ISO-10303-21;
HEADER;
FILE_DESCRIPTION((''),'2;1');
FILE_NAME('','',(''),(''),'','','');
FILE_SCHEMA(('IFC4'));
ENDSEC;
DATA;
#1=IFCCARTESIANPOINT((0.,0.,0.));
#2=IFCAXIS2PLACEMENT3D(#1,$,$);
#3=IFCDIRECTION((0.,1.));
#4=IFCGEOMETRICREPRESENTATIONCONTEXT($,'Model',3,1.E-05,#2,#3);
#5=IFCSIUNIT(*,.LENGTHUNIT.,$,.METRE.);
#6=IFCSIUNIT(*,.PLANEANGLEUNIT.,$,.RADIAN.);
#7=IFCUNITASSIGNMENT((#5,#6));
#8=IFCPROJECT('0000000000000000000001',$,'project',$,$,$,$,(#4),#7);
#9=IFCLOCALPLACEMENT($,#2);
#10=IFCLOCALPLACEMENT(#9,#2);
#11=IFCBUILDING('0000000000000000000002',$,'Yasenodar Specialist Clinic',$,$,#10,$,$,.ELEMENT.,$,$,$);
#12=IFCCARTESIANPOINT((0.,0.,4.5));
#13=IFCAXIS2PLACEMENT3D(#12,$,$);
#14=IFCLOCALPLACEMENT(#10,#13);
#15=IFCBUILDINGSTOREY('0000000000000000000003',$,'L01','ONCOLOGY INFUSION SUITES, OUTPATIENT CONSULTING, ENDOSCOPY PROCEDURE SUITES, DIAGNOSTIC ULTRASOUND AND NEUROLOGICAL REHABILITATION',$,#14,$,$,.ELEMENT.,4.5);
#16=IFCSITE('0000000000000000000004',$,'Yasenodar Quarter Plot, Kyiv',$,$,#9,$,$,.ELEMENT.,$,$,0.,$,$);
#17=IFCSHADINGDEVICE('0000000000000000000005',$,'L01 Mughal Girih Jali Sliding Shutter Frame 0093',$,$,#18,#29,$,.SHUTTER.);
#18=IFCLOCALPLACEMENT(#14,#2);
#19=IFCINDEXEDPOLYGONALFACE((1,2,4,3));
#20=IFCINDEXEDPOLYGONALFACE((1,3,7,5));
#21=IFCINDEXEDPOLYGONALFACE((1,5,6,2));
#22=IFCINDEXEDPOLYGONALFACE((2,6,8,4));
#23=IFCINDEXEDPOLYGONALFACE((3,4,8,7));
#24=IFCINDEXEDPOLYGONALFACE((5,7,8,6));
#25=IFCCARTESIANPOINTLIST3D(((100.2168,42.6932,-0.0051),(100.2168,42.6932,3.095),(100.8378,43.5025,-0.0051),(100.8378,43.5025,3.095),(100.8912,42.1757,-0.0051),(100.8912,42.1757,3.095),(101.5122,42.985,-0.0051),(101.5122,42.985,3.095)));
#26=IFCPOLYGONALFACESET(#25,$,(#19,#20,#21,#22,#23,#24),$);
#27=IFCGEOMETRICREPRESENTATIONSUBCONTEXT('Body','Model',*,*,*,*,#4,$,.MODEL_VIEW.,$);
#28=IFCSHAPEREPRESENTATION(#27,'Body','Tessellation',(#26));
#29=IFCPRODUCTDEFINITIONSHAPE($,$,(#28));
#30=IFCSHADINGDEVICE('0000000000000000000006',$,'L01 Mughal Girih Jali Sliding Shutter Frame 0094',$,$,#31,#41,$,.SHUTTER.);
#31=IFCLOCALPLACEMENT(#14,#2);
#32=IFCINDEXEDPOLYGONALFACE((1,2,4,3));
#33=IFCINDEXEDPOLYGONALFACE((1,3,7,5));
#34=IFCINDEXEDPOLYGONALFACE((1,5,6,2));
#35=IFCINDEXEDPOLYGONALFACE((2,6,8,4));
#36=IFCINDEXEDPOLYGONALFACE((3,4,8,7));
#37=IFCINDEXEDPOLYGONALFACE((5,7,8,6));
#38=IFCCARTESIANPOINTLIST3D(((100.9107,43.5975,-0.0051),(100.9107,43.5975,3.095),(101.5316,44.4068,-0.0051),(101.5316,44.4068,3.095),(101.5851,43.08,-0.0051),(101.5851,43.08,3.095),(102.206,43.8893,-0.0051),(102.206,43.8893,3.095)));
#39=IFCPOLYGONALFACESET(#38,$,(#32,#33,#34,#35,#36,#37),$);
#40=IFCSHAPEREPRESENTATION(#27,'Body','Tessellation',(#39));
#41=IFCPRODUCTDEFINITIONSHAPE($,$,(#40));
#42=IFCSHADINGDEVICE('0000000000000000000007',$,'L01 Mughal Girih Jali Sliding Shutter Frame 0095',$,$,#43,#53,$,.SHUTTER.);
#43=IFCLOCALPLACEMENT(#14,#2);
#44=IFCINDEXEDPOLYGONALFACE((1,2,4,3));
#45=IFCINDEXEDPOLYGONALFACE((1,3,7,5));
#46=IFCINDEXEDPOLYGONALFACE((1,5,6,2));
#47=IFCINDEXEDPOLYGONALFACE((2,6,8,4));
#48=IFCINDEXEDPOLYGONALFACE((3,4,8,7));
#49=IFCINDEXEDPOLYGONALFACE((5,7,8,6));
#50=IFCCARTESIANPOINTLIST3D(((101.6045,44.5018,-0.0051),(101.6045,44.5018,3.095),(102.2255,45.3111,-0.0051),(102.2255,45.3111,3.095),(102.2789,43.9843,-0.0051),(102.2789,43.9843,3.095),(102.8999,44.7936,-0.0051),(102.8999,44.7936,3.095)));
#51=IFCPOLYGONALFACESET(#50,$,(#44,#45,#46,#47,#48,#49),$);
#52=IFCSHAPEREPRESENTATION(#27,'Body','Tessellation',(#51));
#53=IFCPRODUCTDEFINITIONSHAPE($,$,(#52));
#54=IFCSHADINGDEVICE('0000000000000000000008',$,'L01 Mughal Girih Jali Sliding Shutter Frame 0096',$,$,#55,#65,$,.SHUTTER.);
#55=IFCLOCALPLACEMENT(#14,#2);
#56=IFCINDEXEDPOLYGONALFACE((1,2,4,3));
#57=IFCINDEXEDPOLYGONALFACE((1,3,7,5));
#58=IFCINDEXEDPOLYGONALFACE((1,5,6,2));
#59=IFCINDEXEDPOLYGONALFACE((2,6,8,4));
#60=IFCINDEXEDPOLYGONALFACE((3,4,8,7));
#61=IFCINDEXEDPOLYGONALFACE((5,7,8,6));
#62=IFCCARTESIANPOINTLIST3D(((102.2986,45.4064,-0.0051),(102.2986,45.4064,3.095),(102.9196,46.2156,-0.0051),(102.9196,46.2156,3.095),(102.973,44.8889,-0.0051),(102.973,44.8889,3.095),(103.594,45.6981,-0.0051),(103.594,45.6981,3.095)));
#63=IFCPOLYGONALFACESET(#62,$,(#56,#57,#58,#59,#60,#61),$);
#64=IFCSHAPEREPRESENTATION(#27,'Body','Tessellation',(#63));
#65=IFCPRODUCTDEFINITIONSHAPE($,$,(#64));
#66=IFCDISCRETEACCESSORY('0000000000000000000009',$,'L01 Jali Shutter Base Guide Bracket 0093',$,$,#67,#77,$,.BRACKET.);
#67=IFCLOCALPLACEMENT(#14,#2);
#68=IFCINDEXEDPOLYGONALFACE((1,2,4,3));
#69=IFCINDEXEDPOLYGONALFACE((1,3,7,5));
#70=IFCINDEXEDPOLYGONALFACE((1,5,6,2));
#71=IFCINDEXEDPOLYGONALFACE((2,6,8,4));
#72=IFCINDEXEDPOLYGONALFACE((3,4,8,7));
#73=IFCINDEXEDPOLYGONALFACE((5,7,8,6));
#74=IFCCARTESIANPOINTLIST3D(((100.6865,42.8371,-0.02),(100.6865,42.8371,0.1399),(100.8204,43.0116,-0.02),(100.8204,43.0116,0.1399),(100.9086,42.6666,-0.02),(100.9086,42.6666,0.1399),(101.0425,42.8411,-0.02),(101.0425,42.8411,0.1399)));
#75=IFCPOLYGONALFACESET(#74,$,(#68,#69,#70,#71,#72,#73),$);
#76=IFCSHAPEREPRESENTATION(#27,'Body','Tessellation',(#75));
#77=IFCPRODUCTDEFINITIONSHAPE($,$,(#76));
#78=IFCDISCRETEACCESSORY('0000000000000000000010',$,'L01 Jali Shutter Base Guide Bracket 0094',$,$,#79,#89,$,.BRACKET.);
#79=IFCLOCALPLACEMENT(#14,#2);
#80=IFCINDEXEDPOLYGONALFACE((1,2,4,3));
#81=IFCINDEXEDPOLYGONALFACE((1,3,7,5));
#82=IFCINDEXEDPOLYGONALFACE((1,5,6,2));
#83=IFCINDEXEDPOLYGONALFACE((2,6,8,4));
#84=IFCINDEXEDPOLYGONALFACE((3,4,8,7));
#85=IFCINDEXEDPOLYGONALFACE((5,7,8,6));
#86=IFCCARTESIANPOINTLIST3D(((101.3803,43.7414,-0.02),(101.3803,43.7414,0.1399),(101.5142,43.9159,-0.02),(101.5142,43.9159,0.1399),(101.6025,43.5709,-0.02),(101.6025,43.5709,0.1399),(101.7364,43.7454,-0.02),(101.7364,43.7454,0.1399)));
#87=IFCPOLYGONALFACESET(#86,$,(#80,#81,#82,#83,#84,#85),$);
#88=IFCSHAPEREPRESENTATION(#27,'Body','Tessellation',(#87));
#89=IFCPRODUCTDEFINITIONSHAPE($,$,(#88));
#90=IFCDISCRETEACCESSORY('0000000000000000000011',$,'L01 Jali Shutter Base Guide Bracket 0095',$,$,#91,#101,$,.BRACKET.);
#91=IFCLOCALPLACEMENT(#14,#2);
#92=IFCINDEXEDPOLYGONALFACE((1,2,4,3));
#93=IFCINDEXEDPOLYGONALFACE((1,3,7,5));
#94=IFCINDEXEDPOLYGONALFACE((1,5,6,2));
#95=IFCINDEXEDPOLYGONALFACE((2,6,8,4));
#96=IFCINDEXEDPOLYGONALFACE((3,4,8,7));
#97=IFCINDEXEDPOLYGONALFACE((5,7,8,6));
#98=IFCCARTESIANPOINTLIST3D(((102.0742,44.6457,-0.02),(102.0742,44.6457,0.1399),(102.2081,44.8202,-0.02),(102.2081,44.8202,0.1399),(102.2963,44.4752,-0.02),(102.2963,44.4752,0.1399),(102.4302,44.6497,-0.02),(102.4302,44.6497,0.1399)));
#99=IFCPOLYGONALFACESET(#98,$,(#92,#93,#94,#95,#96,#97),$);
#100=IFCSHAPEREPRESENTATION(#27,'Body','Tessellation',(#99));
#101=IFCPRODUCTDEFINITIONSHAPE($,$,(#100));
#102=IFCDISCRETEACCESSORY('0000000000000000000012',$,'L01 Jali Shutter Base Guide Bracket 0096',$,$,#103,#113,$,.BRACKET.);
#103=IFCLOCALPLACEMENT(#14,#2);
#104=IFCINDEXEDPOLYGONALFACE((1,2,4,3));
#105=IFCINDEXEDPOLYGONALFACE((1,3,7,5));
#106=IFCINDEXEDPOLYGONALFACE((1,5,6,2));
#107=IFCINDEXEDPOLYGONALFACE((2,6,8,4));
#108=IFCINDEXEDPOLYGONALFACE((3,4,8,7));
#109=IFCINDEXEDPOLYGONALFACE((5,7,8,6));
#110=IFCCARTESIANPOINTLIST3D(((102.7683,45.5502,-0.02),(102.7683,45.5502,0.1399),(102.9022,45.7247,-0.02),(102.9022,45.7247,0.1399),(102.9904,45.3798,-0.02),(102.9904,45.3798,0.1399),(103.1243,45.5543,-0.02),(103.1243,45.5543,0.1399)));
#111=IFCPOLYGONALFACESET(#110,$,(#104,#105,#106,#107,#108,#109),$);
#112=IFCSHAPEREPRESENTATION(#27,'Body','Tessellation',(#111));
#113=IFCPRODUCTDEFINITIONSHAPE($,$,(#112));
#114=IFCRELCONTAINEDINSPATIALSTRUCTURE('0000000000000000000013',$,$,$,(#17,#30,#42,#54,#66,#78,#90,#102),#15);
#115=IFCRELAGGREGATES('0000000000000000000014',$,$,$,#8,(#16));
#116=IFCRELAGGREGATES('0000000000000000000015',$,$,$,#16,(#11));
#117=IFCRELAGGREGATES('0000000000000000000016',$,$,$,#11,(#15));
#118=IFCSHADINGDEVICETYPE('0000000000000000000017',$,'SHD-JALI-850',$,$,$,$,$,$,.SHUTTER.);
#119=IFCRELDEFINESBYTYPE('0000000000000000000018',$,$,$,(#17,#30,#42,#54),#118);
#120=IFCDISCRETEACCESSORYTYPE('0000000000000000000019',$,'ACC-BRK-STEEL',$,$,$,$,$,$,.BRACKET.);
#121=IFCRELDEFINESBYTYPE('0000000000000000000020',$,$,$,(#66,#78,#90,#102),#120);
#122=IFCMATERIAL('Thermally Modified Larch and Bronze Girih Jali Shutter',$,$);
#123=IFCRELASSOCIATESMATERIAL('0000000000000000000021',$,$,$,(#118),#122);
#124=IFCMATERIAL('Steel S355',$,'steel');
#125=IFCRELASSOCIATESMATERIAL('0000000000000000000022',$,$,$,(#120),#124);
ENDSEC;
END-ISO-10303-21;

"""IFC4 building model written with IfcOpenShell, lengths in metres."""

from ifc_helpers import new_model, si_unit, direction, frame, origin, origin_2d, place, context, subcontext, project, spatial, rectangle, extrude, material, type_object, element, save


model = new_model("IFC4")

# Units and contexts
model_context = context("Model", 3, precision=1e-05, world=origin(), true_north=direction((0.0, 1.0)))
body_context = subcontext(model_context, "Body", "Model", "MODEL_VIEW")
ifc_project = project(units=[si_unit("LENGTHUNIT", "METRE"), si_unit("PLANEANGLEUNIT", "RADIAN")], contexts=[model_context])

# Site, building, storey
site_placement = place(None, origin())
site = spatial("IfcSite", under=ifc_project, at=site_placement, Name="Yasenodar Quarter Plot, Kyiv", CompositionType="ELEMENT", RefElevation=0.0)
building_placement = place(site_placement, origin())
building = spatial("IfcBuilding", under=site, at=building_placement, Name="Yasenodar Specialist Clinic", CompositionType="ELEMENT")
storey_placement = place(building_placement, frame((0.0, 0.0, 4.5)))
storey = spatial("IfcBuildingStorey", under=building, at=storey_placement, Name="L01", Description="ONCOLOGY INFUSION SUITES, OUTPATIENT CONSULTING, ENDOSCOPY PROCEDURE SUITES, DIAGNOSTIC ULTRASOUND AND NEUROLOGICAL REHABILITATION", CompositionType="ELEMENT", Elevation=4.5)

# Shading devices
ifc_material_1 = material(Name="Thermally Modified Larch and Bronze Girih Jali Shutter")
shading_device_type = type_object("IfcShadingDeviceType", Name="SHD-JALI-850", PredefinedType="SHUTTER", material=ifc_material_1)
for number, where, z_axis, x_axis, name in (
    (1, (100.8645, 42.8391, -0.0051), (0.0, 0.0, 1.0), (0.608764, 0.793351, 0.0), "L01 Mughal Girih Jali Sliding Shutter Frame 0093"),
    (2, (101.5583, 43.7434, -0.0051), (0.0, 0.0, 1.0), (0.608764, 0.793351, 0.0), "L01 Mughal Girih Jali Sliding Shutter Frame 0094"),
    (3, (102.2522, 44.6477, -0.0051), (0.0, 0.0, 1.0), (0.608764, 0.793351, 0.0), "L01 Mughal Girih Jali Sliding Shutter Frame 0095"),
    (4, (102.9463, 45.5522, -0.0051), (0.0, 0.0, 1.0), (0.608764, 0.793351, 0.0), "L01 Mughal Girih Jali Sliding Shutter Frame 0096"),
):
    element("IfcShadingDevice", number, at=place(storey_placement, frame(where, z_axis=z_axis, x_axis=x_axis)), inside=storey, type_object=shading_device_type, Name=name, PredefinedType="SHUTTER", context=body_context, shape_type="SweptSolid", body=[
        extrude(rectangle(XDim=1.02, YDim=0.8501, at=origin_2d()), origin(), (0.0, 0.0, 1.0), 3.1001),
    ])

# Discrete accessories
ifc_material_2 = material(Name="Steel S355", Category="steel")
discrete_accessory_type = type_object("IfcDiscreteAccessoryType", Name="ACC-BRK-STEEL", PredefinedType="BRACKET", material=ifc_material_2)
for number, where, z_axis, x_axis, name in (
    (5, (100.8645, 42.8391, -0.02), (0.0, 0.0, 1.0), (0.608764, 0.793351, 0.0), "L01 Jali Shutter Base Guide Bracket 0093"),
    (6, (101.5583, 43.7434, -0.02), (0.0, 0.0, 1.0), (0.608764, 0.793351, 0.0), "L01 Jali Shutter Base Guide Bracket 0094"),
    (7, (102.2522, 44.6477, -0.02), (0.0, 0.0, 1.0), (0.608764, 0.793351, 0.0), "L01 Jali Shutter Base Guide Bracket 0095"),
    (8, (102.9463, 45.5522, -0.02), (0.0, 0.0, 1.0), (0.608764, 0.793351, 0.0), "L01 Jali Shutter Base Guide Bracket 0096"),
):
    element("IfcDiscreteAccessory", number, at=place(storey_placement, frame(where, z_axis=z_axis, x_axis=x_axis)), inside=storey, type_object=discrete_accessory_type, Name=name, PredefinedType="BRACKET", context=body_context, shape_type="SweptSolid", body=[
        extrude(rectangle(XDim=0.22, YDim=0.28, at=origin_2d()), origin(), (0.0, 0.0, 1.0), 0.1599),
    ])

save(model, "model.ifc")
